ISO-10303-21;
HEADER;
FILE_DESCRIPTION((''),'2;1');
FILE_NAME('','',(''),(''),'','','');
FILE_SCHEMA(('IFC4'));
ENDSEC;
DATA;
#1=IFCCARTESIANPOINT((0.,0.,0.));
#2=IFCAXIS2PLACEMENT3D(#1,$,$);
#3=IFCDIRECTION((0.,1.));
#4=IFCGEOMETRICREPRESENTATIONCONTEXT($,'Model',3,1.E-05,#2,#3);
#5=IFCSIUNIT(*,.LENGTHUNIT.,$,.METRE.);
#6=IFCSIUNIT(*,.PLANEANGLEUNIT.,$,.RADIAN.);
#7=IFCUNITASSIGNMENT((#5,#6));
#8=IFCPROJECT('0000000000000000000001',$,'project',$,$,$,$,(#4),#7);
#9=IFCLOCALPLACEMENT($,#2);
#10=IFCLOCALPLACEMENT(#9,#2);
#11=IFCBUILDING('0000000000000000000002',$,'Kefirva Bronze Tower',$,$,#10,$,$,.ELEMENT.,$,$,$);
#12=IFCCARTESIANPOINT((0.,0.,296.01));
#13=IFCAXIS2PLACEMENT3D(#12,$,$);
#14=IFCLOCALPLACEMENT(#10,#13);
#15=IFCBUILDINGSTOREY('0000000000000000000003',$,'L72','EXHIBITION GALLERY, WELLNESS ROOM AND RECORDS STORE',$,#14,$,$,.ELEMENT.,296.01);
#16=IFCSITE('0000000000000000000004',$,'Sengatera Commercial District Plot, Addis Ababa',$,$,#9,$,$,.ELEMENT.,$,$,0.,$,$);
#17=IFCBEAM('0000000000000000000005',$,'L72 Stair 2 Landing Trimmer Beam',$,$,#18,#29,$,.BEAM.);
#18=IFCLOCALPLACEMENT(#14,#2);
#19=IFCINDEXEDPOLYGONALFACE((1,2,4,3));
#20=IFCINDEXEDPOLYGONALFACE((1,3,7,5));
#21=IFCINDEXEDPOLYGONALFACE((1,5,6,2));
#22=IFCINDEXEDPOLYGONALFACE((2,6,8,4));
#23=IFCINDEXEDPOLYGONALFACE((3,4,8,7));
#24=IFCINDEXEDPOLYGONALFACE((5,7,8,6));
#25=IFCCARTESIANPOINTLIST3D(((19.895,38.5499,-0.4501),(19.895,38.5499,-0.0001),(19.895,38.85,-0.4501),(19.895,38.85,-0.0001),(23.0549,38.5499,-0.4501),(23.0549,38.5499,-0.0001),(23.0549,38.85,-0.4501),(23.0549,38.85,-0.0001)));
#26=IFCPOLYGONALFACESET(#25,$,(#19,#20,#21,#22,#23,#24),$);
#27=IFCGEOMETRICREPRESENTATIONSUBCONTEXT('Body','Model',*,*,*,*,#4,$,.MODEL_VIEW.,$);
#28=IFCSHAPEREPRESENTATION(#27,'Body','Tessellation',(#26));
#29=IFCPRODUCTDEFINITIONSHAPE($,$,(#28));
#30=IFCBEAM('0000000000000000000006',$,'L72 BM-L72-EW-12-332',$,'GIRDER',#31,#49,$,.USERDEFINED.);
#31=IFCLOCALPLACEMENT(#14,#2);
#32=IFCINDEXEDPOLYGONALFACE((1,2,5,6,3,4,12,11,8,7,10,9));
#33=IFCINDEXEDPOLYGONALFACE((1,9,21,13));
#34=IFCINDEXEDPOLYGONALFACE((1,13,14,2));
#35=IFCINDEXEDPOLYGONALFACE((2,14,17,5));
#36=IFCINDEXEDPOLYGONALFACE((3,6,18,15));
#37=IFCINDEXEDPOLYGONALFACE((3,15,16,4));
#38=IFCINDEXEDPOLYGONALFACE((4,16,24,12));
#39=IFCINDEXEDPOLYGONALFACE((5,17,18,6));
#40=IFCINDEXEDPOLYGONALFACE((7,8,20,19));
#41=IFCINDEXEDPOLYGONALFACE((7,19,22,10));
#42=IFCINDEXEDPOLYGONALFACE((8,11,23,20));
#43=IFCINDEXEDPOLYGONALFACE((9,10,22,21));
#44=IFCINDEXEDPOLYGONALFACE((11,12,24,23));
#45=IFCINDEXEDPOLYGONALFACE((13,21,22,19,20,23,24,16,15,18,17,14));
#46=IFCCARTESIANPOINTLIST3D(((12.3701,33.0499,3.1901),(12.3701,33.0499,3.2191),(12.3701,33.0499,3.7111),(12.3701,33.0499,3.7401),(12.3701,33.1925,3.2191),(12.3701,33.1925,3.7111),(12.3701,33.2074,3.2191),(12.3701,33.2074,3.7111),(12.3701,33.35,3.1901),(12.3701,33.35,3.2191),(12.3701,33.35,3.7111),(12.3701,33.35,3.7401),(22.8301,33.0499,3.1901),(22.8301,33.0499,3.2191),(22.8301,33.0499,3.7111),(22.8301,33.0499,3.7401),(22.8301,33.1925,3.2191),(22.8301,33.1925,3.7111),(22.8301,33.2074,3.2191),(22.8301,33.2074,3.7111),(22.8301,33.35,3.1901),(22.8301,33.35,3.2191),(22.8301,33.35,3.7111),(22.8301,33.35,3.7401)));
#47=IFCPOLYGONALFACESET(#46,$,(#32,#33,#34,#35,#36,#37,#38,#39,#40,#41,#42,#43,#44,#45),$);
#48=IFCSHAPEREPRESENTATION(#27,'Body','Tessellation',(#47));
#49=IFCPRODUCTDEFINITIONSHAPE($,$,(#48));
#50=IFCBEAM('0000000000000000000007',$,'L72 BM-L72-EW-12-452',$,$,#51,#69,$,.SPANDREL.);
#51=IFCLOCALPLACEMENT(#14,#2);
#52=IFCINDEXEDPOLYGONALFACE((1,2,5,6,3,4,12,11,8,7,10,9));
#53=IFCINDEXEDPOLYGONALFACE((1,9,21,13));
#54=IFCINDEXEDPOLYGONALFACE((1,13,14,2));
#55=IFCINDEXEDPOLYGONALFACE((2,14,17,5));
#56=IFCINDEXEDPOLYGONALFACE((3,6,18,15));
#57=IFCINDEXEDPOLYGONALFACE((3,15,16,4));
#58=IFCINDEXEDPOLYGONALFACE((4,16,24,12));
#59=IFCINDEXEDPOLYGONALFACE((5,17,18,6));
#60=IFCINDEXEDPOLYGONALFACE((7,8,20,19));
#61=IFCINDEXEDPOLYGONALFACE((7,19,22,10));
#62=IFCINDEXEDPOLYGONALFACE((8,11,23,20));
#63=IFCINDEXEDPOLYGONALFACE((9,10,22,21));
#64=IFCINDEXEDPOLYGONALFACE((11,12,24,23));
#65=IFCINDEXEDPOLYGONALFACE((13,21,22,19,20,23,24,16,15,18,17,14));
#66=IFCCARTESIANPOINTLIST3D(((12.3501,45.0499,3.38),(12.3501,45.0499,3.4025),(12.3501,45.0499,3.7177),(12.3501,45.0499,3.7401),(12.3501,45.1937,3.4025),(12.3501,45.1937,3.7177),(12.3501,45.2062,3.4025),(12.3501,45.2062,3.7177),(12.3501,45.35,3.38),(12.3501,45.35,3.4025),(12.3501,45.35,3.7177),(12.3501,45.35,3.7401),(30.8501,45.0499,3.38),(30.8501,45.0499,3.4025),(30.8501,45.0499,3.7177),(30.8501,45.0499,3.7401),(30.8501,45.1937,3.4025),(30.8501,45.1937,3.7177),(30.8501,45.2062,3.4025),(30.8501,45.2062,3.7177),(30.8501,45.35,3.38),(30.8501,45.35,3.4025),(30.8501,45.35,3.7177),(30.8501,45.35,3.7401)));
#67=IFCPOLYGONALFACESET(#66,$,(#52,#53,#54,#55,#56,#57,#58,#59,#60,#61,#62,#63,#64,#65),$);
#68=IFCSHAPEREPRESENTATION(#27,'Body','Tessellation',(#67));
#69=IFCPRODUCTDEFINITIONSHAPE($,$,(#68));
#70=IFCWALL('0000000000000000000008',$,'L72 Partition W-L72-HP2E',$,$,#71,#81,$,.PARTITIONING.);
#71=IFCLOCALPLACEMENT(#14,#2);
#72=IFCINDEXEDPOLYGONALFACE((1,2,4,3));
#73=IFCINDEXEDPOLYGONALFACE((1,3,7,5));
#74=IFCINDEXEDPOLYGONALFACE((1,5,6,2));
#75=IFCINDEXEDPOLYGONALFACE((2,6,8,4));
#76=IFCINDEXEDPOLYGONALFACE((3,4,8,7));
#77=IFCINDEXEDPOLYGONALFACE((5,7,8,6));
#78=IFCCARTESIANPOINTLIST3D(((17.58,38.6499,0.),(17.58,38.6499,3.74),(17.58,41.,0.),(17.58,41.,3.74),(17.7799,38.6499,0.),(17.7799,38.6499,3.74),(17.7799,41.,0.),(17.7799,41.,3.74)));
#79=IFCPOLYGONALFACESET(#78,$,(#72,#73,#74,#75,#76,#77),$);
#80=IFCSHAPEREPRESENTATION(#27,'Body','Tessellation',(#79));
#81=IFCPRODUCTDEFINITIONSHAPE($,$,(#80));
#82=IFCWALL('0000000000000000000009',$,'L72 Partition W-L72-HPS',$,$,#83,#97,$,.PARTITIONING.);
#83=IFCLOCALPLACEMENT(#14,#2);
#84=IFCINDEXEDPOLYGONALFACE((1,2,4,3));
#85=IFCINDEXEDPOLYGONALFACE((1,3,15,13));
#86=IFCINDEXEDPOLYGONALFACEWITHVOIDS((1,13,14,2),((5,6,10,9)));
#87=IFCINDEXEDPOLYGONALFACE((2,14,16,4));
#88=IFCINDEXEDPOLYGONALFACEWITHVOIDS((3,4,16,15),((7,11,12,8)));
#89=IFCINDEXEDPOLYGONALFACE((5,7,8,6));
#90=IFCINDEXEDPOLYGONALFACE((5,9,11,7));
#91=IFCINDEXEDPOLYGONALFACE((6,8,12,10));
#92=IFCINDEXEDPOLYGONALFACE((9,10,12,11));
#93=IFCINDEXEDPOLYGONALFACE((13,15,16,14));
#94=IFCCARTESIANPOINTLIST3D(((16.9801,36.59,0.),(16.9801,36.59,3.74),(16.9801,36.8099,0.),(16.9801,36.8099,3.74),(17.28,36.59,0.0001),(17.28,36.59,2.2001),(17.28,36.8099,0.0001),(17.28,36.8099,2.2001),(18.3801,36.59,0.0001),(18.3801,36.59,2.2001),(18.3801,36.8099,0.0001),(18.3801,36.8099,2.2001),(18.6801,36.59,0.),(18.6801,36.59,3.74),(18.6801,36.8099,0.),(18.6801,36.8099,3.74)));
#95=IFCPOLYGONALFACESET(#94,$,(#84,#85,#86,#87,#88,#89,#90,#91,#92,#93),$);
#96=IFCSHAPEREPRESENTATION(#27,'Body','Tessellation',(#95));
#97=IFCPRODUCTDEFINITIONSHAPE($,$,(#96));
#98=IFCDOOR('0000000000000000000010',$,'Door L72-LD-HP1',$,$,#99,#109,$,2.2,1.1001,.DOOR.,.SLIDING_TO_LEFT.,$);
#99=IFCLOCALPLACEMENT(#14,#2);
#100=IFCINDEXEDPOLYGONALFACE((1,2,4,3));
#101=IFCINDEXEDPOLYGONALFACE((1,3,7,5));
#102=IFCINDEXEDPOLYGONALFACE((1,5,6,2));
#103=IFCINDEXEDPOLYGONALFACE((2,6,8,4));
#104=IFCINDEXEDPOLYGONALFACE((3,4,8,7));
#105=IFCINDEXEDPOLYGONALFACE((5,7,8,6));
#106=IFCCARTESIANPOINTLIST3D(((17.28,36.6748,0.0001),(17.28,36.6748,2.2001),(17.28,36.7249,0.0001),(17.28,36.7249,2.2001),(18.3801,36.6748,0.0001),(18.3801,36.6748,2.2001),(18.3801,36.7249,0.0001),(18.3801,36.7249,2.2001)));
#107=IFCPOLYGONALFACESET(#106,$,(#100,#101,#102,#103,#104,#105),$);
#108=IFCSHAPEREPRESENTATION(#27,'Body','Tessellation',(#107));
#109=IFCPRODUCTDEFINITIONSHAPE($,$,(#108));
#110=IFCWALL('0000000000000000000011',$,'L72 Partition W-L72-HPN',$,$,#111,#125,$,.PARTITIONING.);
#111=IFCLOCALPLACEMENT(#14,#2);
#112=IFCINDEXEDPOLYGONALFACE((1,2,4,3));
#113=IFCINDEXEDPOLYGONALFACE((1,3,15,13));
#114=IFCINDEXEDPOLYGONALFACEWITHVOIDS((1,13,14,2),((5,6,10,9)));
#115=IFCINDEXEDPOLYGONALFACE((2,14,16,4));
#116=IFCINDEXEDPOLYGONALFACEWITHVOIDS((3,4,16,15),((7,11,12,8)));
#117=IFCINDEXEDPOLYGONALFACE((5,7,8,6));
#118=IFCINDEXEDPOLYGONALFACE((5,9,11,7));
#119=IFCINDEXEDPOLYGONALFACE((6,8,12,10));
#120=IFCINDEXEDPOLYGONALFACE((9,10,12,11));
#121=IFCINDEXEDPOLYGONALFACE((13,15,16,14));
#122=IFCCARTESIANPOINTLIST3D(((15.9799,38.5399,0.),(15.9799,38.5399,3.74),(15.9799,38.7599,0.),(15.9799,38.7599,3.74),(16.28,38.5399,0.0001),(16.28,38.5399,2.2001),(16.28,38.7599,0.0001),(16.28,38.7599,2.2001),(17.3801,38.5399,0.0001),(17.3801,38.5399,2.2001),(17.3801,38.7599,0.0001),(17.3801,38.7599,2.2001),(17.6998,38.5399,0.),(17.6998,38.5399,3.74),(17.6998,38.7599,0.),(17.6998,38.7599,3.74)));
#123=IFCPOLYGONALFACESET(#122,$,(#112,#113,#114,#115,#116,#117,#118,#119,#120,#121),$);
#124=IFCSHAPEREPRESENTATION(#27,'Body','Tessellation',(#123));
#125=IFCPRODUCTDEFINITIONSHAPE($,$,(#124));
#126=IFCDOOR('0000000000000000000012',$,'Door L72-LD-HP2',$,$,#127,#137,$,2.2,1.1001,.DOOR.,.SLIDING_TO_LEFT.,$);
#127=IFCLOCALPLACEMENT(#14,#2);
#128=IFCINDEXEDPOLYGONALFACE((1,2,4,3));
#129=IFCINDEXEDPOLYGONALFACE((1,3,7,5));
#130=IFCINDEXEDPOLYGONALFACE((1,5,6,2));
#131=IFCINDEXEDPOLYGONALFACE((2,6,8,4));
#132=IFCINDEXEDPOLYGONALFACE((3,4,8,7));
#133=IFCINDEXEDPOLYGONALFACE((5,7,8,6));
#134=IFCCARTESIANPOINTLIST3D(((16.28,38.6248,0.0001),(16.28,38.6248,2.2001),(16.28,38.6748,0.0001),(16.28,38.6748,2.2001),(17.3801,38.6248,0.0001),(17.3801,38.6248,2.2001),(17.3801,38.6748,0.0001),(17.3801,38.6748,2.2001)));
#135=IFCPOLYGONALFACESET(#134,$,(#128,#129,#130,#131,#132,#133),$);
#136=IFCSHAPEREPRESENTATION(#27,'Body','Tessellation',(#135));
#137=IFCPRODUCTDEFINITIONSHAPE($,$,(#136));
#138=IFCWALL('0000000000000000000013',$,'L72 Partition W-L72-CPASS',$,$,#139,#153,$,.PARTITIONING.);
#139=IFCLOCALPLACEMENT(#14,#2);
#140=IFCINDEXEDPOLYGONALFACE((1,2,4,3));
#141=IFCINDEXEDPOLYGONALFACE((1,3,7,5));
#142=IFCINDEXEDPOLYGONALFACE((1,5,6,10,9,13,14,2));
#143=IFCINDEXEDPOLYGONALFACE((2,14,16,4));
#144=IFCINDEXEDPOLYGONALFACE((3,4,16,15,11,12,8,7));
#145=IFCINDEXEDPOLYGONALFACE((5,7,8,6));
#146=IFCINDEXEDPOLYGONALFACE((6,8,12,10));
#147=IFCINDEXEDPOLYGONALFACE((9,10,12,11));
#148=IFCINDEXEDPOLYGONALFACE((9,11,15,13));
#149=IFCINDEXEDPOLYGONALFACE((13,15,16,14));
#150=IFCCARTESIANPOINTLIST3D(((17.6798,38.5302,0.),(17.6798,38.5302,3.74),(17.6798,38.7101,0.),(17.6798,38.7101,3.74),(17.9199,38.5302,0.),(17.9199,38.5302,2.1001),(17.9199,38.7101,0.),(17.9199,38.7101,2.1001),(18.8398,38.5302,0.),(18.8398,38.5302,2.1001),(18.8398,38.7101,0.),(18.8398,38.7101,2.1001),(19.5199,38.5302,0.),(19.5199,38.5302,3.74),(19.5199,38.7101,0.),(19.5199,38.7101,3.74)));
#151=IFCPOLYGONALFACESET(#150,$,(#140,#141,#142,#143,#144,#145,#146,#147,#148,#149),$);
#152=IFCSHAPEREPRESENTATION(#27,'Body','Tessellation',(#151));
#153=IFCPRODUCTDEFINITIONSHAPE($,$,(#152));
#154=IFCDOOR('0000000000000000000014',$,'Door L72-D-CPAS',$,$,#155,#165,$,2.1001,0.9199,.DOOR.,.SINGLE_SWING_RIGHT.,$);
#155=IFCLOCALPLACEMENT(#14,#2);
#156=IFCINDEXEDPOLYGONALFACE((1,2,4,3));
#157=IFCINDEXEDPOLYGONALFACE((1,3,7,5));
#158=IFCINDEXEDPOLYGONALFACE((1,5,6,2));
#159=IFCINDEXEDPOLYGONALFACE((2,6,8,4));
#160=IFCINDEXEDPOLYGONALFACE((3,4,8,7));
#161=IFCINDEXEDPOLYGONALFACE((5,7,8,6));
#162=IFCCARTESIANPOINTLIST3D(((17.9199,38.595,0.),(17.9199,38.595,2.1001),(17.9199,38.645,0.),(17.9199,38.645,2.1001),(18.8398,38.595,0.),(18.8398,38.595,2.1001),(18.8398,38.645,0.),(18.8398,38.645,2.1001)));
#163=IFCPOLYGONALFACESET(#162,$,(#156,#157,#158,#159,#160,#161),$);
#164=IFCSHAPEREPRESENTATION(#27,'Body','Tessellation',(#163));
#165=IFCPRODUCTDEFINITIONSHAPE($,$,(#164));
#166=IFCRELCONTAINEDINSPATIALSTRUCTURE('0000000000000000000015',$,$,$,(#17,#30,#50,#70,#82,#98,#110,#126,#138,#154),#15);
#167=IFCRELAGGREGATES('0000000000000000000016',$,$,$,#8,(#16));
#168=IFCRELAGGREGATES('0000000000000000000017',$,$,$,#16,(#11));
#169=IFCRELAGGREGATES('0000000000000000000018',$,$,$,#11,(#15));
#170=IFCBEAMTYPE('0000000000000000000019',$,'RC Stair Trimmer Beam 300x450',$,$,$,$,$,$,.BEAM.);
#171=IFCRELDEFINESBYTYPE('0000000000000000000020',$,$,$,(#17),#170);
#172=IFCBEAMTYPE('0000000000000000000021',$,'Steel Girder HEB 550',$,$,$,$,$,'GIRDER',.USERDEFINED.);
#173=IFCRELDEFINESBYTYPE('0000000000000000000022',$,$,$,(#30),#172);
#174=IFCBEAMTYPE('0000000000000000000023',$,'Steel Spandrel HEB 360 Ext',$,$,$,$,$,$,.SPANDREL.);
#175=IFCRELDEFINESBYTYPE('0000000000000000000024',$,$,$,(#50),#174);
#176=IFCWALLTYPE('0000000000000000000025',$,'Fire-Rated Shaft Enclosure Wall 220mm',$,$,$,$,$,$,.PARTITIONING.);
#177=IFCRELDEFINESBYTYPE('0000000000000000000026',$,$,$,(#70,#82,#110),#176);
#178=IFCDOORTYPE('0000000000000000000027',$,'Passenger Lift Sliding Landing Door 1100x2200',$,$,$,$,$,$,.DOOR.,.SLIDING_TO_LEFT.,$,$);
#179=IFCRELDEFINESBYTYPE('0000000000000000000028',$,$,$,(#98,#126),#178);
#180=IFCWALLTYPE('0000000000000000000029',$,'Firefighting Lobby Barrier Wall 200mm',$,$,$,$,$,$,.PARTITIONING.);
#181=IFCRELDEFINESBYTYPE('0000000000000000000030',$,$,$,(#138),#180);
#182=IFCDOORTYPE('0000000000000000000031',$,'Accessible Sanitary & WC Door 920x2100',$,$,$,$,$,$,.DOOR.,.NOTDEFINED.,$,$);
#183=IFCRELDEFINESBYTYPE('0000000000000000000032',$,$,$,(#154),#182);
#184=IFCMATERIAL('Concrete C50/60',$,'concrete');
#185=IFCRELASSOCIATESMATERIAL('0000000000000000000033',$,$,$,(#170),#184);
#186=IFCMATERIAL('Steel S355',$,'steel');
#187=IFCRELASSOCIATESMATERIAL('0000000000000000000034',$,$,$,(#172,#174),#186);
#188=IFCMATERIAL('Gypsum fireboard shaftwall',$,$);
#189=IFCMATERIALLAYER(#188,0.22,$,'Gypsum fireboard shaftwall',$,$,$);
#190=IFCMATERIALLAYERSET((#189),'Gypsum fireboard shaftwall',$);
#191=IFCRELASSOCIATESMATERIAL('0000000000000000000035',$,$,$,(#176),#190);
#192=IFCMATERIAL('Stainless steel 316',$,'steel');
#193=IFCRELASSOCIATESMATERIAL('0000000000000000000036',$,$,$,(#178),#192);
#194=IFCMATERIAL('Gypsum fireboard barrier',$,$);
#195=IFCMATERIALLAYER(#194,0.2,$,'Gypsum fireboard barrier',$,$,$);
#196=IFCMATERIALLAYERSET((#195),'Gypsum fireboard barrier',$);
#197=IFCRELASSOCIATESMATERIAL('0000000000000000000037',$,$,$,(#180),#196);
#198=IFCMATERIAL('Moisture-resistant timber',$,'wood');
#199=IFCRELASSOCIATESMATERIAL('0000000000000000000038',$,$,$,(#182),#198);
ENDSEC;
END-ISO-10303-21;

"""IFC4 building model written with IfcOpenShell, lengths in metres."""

from ifc_helpers import new_model, si_unit, direction, frame, frame_2d, origin, origin_2d, place, context, subcontext, project, spatial, rectangle, i_section, extrude, material, layer, layer_set, material_profile, profile_set, type_object, element, fill, save


model = new_model("IFC4")

# Units and contexts
model_context = context("Model", 3, precision=1e-05, world=origin(), true_north=direction((0.0, 1.0)))
body_context = subcontext(model_context, "Body", "Model", "MODEL_VIEW")
ifc_project = project(units=[si_unit("LENGTHUNIT", "METRE"), si_unit("PLANEANGLEUNIT", "RADIAN")], contexts=[model_context])

# Site, building, storey
site_placement = place(None, origin())
site = spatial("IfcSite", under=ifc_project, at=site_placement, Name="Sengatera Commercial District Plot, Addis Ababa", CompositionType="ELEMENT", RefElevation=0.0)
building_placement = place(site_placement, origin())
building = spatial("IfcBuilding", under=site, at=building_placement, Name="Kefirva Bronze Tower", CompositionType="ELEMENT")
storey_placement = place(building_placement, frame((0.0, 0.0, 296.01)))
storey = spatial("IfcBuildingStorey", under=building, at=storey_placement, Name="L72", Description="EXHIBITION GALLERY, WELLNESS ROOM AND RECORDS STORE", CompositionType="ELEMENT", Elevation=296.01)

# Beams
ifc_material_1 = material(Name="Concrete C50/60", Category="concrete")
ifc_material_profile_1 = material_profile(ifc_material_1, rectangle(XDim=0.3, YDim=0.45, at=origin_2d()), Name="RC 300x450")
ifc_profile_set_1 = profile_set([ifc_material_profile_1], Name="Concrete C50/60")
beam_type_1 = type_object("IfcBeamType", Name="RC Stair Trimmer Beam 300x450", PredefinedType="BEAM", material=ifc_profile_set_1)
beam_1_placement = place(storey_placement, frame((19.895, 38.7, -0.2251), z_axis=(1.0, 0.0, 0.0), x_axis=(0.0, 1.0, 0.0)))
element("IfcBeam", 1, at=beam_1_placement, inside=storey, type_object=beam_type_1, Name="L72 Stair 2 Landing Trimmer Beam", PredefinedType="BEAM", context=body_context, shape_type="SweptSolid", body=[
    extrude(rectangle(XDim=0.3, YDim=0.45, at=origin_2d()), origin(), (0.0, 0.0, 1.0), 3.1599),
])
ifc_material_2 = material(Name="Steel S355", Category="steel")
ifc_material_profile_2 = material_profile(ifc_material_2, i_section(OverallWidth=0.3, OverallDepth=0.55, WebThickness=0.0149, FlangeThickness=0.0291, at=origin_2d()), Name="HEB 550")
ifc_profile_set_2 = profile_set([ifc_material_profile_2], Name="Steel S355")
beam_type_2 = type_object("IfcBeamType", Name="Steel Girder HEB 550", ElementType="GIRDER", PredefinedType="USERDEFINED", material=ifc_profile_set_2)
beam_2_placement = place(storey_placement, frame((12.3701, 33.2, 3.4651), z_axis=(1.0, 0.0, 0.0), x_axis=(0.0, 1.0, 0.0)))
element("IfcBeam", 2, at=beam_2_placement, inside=storey, type_object=beam_type_2, Name="L72 BM-L72-EW-12-332", ObjectType="GIRDER", PredefinedType="USERDEFINED", context=body_context, shape_type="SweptSolid", body=[
    extrude(i_section(OverallWidth=0.3, OverallDepth=0.55, WebThickness=0.0149, FlangeThickness=0.0291, at=origin_2d()), origin(), (0.0, 0.0, 1.0), 10.46),
])
ifc_material_profile_3 = material_profile(ifc_material_2, i_section(OverallWidth=0.3, OverallDepth=0.3601, WebThickness=0.0125, FlangeThickness=0.0225, at=origin_2d()), Name="HEB 360")
ifc_profile_set_3 = profile_set([ifc_material_profile_3], Name="Steel S355")
beam_type_3 = type_object("IfcBeamType", Name="Steel Spandrel HEB 360 Ext", PredefinedType="SPANDREL", material=ifc_profile_set_3)
beam_3_placement = place(storey_placement, frame((12.3501, 45.2, 3.5601), z_axis=(1.0, 0.0, 0.0), x_axis=(0.0, 1.0, 0.0)))
element("IfcBeam", 3, at=beam_3_placement, inside=storey, type_object=beam_type_3, Name="L72 BM-L72-EW-12-452", PredefinedType="SPANDREL", context=body_context, shape_type="SweptSolid", body=[
    extrude(i_section(OverallWidth=0.3, OverallDepth=0.3601, WebThickness=0.0125, FlangeThickness=0.0225, at=origin_2d()), origin(), (0.0, 0.0, 1.0), 18.5),
])

# Shared definitions
ifc_material_3 = material(Name="Gypsum fireboard shaftwall")
ifc_layer_1 = layer(ifc_material_3, 0.22, Name="Gypsum fireboard shaftwall")
ifc_layer_set_1 = layer_set([ifc_layer_1], Name="Gypsum fireboard shaftwall")
wall_type_1 = type_object("IfcWallType", Name="Fire-Rated Shaft Enclosure Wall 220mm", PredefinedType="PARTITIONING", material=ifc_layer_set_1)

# Wall
wall_1_placement = place(storey_placement, frame((17.6799, 38.6499, 0.0), z_axis=(0.0, 0.0, 1.0), x_axis=(0.0, 1.0, 0.0)))
element("IfcWall", 4, at=wall_1_placement, inside=storey, type_object=wall_type_1, Name="L72 Partition W-L72-HP2E", PredefinedType="PARTITIONING", context=body_context, shape_type="SweptSolid", body=[
    extrude(rectangle(XDim=2.3501, YDim=0.2, at=frame_2d((1.175, 0.0))), origin(), (0.0, 0.0, 1.0), 3.74),
])

# Walls, openings, doors
wall_2_placement = place(storey_placement, frame((16.98, 36.7, 0.0), z_axis=(0.0, 0.0, 1.0), x_axis=(1.0, 0.0, 0.0)))
wall_2 = element("IfcWall", 5, at=wall_2_placement, inside=storey, type_object=wall_type_1, Name="L72 Partition W-L72-HPS", PredefinedType="PARTITIONING", context=body_context, shape_type="SweptSolid", body=[
    extrude(rectangle(XDim=1.7, YDim=0.22, at=frame_2d((0.8501, 0.0))), origin(), (0.0, 0.0, 1.0), 3.74),
])
opening_1_placement = place(wall_2_placement, frame((0.3, 0.0, 0.0)))
opening_1 = element("IfcOpeningElement", 6, at=opening_1_placement, cuts=wall_2, PredefinedType="OPENING", context=body_context, shape_type="SweptSolid", body=[
    extrude(rectangle(XDim=1.1001, YDim=2.2, at=frame_2d((0.55, 1.1001))), frame((0.0, 0.1201, 0.0), z_axis=(0.0, -1.0, 0.0), x_axis=(1.0, 0.0, 0.0)), (0.0, 0.0, 1.0), 0.24),
])
ifc_material_4 = material(Name="Stainless steel 316", Category="steel")
door_type_1 = type_object("IfcDoorType", Name="Passenger Lift Sliding Landing Door 1100x2200", OperationType="SLIDING_TO_LEFT", PredefinedType="DOOR", material=ifc_material_4)
door_1_placement = place(opening_1_placement, origin())
door_1 = element("IfcDoor", 7, at=door_1_placement, inside=storey, type_object=door_type_1, Name="Door L72-LD-HP1", OperationType="SLIDING_TO_LEFT", OverallHeight=2.2, OverallWidth=1.1001, PredefinedType="DOOR", context=body_context, shape_type="SweptSolid", body=[
    extrude(rectangle(XDim=1.1001, YDim=2.2, at=frame_2d((0.55, 1.1001))), frame((0.0, 0.0249, 0.0), z_axis=(0.0, -1.0, 0.0), x_axis=(1.0, 0.0, 0.0)), (0.0, 0.0, 1.0), 0.05),
])
fill(opening_1, door_1)
wall_3_placement = place(storey_placement, frame((15.98, 38.6499, 0.0), z_axis=(0.0, 0.0, 1.0), x_axis=(1.0, 0.0, 0.0)))
wall_3 = element("IfcWall", 8, at=wall_3_placement, inside=storey, type_object=wall_type_1, Name="L72 Partition W-L72-HPN", PredefinedType="PARTITIONING", context=body_context, shape_type="SweptSolid", body=[
    extrude(rectangle(XDim=1.72, YDim=0.22, at=frame_2d((0.8599, 0.0))), origin(), (0.0, 0.0, 1.0), 3.74),
])
opening_2_placement = place(wall_3_placement, frame((0.3, 0.0, 0.0)))
opening_2 = element("IfcOpeningElement", 9, at=opening_2_placement, cuts=wall_3, PredefinedType="OPENING", context=body_context, shape_type="SweptSolid", body=[
    extrude(rectangle(XDim=1.1001, YDim=2.2, at=frame_2d((0.55, 1.1001))), frame((0.0, 0.1201, 0.0), z_axis=(0.0, -1.0, 0.0), x_axis=(1.0, 0.0, 0.0)), (0.0, 0.0, 1.0), 0.24),
])
door_2_placement = place(opening_2_placement, origin())
door_2 = element("IfcDoor", 10, at=door_2_placement, inside=storey, type_object=door_type_1, Name="Door L72-LD-HP2", OperationType="SLIDING_TO_LEFT", OverallHeight=2.2, OverallWidth=1.1001, PredefinedType="DOOR", context=body_context, shape_type="SweptSolid", body=[
    extrude(rectangle(XDim=1.1001, YDim=2.2, at=frame_2d((0.55, 1.1001))), frame((0.0, 0.0249, 0.0), z_axis=(0.0, -1.0, 0.0), x_axis=(1.0, 0.0, 0.0)), (0.0, 0.0, 1.0), 0.05),
])
fill(opening_2, door_2)
ifc_material_5 = material(Name="Gypsum fireboard barrier")
ifc_layer_2 = layer(ifc_material_5, 0.2, Name="Gypsum fireboard barrier")
ifc_layer_set_2 = layer_set([ifc_layer_2], Name="Gypsum fireboard barrier")
wall_type_2 = type_object("IfcWallType", Name="Firefighting Lobby Barrier Wall 200mm", PredefinedType="PARTITIONING", material=ifc_layer_set_2)
wall_4_placement = place(storey_placement, frame((17.6799, 38.6201, 0.0), z_axis=(0.0, 0.0, 1.0), x_axis=(1.0, 0.0, 0.0)))
wall_4 = element("IfcWall", 11, at=wall_4_placement, inside=storey, type_object=wall_type_2, Name="L72 Partition W-L72-CPASS", PredefinedType="PARTITIONING", context=body_context, shape_type="SweptSolid", body=[
    extrude(rectangle(XDim=1.8401, YDim=0.1799, at=frame_2d((0.9199, 0.0))), origin(), (0.0, 0.0, 1.0), 3.74),
])
opening_3_placement = place(wall_4_placement, frame((0.24, 0.0, 0.0)))
opening_3 = element("IfcOpeningElement", 12, at=opening_3_placement, cuts=wall_4, PredefinedType="OPENING", context=body_context, shape_type="SweptSolid", body=[
    extrude(rectangle(XDim=0.9199, YDim=2.1001, at=frame_2d((0.46, 1.05))), frame((0.0, 0.1001, 0.0), z_axis=(0.0, -1.0, 0.0), x_axis=(1.0, 0.0, 0.0)), (0.0, 0.0, 1.0), 0.2),
])
ifc_material_6 = material(Name="Moisture-resistant timber", Category="wood")
door_type_2 = type_object("IfcDoorType", Name="Accessible Sanitary & WC Door 920x2100", OperationType="NOTDEFINED", PredefinedType="DOOR", material=ifc_material_6)
door_3_placement = place(opening_3_placement, origin())
door_3 = element("IfcDoor", 13, at=door_3_placement, inside=storey, type_object=door_type_2, Name="Door L72-D-CPAS", OperationType="SINGLE_SWING_RIGHT", OverallHeight=2.1001, OverallWidth=0.9199, PredefinedType="DOOR", context=body_context, shape_type="SweptSolid", body=[
    extrude(rectangle(XDim=0.9199, YDim=2.1001, at=frame_2d((0.46, 1.05))), frame((0.0, 0.0249, 0.0), z_axis=(0.0, -1.0, 0.0), x_axis=(1.0, 0.0, 0.0)), (0.0, 0.0, 1.0), 0.05),
])
fill(opening_3, door_3)

save(model, "model.ifc")
